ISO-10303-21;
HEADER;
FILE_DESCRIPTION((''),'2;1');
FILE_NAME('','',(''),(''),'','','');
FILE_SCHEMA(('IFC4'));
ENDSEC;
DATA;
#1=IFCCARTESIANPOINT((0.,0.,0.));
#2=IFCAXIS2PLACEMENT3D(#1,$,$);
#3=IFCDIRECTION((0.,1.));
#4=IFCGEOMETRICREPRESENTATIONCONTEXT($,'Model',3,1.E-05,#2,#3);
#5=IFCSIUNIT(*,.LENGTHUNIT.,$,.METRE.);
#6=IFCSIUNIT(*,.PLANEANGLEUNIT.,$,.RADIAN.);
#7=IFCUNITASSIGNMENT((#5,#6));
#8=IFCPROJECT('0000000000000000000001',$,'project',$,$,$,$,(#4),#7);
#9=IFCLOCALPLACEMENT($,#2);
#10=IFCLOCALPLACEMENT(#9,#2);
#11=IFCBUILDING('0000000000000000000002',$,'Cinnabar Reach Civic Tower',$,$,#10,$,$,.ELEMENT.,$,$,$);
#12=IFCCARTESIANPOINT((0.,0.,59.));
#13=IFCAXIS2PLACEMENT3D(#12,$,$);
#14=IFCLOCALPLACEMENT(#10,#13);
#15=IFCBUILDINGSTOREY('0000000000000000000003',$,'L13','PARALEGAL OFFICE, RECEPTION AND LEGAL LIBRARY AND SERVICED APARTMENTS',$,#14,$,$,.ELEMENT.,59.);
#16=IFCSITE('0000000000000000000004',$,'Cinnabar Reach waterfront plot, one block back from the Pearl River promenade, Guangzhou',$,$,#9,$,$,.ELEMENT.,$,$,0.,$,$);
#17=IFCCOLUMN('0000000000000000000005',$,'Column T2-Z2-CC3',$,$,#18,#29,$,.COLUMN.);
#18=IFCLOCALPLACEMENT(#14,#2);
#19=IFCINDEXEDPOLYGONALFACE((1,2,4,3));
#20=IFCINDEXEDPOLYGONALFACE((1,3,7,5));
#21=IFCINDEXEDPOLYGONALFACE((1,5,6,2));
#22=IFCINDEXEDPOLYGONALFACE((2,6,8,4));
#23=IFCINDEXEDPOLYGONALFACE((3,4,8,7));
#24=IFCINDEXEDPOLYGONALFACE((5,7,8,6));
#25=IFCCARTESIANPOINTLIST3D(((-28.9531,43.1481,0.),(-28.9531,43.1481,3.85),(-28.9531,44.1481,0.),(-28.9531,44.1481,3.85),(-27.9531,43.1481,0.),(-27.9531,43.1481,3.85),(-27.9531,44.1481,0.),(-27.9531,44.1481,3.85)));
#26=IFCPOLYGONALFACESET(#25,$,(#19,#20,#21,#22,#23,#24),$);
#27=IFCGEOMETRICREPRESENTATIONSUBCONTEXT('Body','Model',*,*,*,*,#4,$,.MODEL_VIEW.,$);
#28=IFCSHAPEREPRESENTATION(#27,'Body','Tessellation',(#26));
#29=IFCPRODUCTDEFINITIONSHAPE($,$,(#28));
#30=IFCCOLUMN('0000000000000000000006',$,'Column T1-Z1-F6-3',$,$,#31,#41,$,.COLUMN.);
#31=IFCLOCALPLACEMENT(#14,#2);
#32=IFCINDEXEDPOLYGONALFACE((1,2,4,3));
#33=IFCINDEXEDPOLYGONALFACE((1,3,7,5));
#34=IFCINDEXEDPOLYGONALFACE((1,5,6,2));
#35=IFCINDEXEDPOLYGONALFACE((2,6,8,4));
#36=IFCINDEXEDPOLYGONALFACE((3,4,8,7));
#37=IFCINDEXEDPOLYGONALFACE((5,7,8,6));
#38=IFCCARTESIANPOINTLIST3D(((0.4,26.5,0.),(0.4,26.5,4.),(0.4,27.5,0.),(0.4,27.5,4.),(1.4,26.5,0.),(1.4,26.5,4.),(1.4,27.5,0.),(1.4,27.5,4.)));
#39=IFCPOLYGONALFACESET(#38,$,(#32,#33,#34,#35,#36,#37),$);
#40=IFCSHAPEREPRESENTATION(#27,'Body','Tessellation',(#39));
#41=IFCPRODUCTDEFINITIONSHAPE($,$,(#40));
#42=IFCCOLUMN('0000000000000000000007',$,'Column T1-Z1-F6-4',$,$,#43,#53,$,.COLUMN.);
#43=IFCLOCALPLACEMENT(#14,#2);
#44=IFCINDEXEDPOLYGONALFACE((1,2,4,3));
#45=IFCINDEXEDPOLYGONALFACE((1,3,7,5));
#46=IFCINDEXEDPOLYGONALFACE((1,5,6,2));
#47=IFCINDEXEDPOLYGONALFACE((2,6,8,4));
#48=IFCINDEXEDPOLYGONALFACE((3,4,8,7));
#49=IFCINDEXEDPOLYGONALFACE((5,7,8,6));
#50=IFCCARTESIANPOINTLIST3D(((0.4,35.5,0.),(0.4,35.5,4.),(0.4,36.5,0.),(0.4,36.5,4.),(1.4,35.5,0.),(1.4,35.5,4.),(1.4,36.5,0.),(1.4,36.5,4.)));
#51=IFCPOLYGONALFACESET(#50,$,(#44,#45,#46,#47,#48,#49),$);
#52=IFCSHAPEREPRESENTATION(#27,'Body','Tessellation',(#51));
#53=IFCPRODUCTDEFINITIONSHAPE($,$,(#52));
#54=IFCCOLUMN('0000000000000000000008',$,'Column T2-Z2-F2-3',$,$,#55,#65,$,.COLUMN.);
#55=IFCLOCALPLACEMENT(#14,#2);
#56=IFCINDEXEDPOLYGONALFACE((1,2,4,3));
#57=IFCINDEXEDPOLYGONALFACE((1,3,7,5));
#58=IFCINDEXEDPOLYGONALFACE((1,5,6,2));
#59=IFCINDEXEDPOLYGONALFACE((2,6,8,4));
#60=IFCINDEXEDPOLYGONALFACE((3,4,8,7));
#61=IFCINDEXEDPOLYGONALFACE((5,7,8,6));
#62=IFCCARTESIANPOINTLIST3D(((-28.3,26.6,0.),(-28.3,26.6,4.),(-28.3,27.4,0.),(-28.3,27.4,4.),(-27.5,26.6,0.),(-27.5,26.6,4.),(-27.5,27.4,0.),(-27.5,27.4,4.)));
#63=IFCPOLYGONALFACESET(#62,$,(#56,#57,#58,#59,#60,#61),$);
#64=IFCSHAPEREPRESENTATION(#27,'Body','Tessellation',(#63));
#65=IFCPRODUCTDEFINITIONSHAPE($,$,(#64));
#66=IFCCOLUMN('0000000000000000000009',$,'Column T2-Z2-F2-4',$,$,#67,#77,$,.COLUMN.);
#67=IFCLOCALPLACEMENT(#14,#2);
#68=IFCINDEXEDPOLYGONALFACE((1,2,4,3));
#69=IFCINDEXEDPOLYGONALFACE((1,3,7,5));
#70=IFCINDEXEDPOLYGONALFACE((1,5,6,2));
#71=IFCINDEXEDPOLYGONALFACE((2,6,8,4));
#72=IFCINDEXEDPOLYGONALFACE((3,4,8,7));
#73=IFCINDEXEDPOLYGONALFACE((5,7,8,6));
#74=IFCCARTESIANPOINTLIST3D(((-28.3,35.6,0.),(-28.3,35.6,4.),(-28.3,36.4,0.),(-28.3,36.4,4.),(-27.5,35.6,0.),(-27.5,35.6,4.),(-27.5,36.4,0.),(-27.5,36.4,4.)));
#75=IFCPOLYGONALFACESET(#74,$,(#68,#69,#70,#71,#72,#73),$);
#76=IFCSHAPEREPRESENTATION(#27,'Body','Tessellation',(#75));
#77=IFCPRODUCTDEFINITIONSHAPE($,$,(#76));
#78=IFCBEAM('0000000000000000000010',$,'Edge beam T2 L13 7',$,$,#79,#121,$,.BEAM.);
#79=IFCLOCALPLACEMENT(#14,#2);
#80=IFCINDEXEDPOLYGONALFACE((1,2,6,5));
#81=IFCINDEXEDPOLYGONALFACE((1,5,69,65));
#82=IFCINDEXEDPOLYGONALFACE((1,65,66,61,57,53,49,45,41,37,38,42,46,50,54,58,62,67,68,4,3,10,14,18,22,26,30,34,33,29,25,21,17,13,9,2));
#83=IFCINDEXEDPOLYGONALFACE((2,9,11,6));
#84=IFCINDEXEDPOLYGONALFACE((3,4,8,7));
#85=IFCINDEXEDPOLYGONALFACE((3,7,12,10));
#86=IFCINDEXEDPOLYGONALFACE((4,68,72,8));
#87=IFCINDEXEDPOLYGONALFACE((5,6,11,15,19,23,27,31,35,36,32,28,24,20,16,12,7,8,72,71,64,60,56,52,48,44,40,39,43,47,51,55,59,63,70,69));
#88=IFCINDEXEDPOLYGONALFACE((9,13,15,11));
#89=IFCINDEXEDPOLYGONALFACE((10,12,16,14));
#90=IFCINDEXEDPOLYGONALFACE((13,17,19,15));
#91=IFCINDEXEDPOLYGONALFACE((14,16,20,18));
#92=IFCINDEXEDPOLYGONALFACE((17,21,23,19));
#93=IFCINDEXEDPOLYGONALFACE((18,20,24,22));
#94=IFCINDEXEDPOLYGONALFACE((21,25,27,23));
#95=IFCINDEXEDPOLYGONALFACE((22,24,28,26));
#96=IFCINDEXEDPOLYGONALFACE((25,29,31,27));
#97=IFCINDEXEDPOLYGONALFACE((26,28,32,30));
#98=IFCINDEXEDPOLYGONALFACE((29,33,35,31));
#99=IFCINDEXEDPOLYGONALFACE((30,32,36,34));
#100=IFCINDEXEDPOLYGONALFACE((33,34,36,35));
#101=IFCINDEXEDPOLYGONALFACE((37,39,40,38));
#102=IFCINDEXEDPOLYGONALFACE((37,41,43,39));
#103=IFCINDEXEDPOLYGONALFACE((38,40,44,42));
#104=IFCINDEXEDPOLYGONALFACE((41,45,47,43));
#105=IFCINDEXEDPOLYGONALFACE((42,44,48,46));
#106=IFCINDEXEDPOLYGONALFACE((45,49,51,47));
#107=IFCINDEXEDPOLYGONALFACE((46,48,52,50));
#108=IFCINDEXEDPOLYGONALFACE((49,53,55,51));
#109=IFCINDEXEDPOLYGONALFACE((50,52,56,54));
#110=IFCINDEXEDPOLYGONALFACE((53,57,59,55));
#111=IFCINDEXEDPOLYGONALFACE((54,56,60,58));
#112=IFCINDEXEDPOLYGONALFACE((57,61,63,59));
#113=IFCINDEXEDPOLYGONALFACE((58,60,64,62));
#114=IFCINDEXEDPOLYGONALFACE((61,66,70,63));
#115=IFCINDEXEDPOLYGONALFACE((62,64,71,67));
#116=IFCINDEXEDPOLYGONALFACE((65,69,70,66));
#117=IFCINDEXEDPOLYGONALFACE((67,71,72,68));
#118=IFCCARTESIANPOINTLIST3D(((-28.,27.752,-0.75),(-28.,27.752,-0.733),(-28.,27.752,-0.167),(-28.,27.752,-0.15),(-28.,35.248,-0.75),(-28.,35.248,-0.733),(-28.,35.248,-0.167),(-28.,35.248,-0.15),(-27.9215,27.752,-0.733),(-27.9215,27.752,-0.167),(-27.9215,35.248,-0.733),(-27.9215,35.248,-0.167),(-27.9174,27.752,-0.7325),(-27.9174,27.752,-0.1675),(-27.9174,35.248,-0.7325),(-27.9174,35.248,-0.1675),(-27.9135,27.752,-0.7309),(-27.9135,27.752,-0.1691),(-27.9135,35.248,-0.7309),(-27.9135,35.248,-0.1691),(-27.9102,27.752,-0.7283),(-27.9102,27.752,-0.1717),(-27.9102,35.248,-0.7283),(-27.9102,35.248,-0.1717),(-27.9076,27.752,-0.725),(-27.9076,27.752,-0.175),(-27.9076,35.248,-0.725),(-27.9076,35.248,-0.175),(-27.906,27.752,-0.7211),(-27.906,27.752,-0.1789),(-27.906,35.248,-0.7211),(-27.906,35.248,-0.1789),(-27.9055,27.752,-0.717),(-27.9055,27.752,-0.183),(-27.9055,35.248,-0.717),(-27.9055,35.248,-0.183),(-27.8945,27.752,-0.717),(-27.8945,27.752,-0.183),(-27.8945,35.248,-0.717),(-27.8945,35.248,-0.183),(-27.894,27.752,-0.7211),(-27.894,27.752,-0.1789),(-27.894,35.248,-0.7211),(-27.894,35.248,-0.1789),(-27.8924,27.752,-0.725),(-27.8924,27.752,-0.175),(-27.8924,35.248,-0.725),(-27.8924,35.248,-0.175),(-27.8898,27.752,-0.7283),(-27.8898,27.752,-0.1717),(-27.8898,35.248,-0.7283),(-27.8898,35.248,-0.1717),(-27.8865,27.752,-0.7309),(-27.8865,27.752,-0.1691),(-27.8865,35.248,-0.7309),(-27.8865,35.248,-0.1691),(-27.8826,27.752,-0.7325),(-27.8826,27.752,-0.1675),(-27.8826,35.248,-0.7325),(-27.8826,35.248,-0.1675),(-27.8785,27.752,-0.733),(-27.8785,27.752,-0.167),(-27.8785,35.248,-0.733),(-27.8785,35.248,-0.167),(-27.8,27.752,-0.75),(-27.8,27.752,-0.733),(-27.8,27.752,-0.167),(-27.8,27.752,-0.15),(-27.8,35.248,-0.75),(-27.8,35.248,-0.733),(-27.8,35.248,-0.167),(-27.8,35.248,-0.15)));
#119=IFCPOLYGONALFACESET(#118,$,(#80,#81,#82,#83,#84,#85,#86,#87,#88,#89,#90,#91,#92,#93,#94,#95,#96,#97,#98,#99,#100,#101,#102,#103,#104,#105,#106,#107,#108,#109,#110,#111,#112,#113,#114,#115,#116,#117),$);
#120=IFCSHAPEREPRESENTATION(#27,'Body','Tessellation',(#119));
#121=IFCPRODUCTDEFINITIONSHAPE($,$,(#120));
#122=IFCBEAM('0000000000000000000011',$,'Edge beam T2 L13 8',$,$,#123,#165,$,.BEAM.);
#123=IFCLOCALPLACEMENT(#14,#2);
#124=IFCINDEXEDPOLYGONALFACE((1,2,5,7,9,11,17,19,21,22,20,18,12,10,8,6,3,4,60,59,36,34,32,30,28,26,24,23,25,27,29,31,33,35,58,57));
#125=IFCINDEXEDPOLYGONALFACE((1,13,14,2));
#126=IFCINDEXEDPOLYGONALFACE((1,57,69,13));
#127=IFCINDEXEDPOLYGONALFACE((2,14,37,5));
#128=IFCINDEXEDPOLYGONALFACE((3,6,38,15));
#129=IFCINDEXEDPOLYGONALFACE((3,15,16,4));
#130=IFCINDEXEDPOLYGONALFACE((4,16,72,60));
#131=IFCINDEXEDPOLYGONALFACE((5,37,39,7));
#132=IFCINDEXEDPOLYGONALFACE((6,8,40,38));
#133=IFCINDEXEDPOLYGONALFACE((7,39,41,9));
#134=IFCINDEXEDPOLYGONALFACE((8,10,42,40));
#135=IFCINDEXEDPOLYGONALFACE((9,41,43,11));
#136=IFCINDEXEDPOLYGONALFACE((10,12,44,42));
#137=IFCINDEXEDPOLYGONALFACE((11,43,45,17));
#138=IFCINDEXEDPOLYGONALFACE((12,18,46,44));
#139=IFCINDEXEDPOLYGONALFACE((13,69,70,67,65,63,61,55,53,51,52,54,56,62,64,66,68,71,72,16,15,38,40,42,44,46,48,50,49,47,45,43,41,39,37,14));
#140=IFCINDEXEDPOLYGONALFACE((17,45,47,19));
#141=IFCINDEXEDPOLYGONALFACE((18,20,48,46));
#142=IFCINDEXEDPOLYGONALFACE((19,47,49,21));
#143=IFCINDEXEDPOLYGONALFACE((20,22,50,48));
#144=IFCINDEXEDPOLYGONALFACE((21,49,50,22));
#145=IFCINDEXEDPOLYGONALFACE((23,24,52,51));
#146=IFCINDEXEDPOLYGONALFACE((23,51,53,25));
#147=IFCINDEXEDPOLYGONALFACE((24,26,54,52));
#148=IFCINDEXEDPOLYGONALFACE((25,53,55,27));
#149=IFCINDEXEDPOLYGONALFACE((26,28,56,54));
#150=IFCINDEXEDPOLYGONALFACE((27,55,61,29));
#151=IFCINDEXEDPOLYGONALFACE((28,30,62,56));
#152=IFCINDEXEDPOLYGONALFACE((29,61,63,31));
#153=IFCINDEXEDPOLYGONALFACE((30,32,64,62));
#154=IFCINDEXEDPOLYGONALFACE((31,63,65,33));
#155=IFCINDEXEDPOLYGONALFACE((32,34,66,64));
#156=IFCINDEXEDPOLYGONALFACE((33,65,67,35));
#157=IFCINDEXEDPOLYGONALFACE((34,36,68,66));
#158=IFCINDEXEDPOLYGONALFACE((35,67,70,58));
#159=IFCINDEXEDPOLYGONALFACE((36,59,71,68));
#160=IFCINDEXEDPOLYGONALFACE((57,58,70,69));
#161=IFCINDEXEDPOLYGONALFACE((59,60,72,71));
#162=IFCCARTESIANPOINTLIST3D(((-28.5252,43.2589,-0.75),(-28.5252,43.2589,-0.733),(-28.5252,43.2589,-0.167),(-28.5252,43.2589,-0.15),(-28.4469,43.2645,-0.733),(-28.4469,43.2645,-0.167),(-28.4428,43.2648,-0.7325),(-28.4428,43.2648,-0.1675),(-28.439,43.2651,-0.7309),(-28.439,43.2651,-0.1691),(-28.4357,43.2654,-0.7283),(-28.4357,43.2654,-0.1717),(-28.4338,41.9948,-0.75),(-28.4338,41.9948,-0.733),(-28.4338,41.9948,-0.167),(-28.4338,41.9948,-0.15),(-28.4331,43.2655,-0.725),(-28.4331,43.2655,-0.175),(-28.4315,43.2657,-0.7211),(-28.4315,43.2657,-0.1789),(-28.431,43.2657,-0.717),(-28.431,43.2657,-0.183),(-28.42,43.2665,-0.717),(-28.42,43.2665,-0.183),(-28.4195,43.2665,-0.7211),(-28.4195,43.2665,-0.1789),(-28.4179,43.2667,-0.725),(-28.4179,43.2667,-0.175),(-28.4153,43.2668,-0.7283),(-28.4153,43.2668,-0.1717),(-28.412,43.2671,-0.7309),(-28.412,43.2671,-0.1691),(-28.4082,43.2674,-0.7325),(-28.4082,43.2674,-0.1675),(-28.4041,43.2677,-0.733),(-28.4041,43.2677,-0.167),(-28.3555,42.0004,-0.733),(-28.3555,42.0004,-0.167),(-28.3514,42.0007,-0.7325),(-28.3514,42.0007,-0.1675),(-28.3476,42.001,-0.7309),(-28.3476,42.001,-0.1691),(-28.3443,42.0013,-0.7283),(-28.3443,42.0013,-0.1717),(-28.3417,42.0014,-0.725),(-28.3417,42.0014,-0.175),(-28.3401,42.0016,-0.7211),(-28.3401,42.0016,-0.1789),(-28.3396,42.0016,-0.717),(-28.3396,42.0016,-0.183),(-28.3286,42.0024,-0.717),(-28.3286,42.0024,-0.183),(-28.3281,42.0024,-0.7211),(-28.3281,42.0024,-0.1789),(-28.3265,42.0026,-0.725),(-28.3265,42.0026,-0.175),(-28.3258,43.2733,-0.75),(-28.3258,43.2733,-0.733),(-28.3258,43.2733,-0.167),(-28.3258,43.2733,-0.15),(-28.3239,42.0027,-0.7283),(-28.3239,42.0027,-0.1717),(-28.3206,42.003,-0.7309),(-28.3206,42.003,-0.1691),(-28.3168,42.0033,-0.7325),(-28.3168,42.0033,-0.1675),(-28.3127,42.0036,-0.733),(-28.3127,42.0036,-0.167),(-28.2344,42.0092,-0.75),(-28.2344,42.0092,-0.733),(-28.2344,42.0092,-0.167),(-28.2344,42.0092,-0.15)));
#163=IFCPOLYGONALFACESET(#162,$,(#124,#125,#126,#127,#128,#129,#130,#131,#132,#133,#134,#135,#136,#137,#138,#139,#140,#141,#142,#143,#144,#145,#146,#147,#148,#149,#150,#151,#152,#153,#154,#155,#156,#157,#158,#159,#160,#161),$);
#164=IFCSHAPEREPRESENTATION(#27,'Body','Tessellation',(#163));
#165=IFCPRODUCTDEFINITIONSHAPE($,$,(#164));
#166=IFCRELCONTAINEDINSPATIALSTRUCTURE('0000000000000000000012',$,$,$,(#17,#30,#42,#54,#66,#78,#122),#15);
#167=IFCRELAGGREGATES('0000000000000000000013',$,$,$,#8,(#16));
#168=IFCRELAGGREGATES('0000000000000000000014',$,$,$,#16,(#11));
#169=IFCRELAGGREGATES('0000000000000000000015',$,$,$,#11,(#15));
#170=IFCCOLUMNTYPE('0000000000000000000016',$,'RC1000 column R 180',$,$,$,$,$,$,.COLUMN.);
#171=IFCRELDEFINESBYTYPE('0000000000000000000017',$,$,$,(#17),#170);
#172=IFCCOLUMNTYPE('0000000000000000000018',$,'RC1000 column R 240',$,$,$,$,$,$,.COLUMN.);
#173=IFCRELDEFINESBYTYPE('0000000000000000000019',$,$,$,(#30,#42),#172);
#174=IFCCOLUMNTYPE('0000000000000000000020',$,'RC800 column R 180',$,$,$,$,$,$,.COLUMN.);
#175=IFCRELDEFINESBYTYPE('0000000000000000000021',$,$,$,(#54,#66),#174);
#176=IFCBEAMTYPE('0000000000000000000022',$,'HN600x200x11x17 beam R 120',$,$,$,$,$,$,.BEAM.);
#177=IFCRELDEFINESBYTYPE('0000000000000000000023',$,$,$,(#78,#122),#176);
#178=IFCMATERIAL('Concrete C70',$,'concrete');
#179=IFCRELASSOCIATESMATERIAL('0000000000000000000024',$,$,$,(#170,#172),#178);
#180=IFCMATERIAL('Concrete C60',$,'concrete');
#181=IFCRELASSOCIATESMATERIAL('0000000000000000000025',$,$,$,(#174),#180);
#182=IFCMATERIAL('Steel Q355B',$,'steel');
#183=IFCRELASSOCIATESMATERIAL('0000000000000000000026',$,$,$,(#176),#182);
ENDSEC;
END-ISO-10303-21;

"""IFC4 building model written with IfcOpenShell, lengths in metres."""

from ifc_helpers import new_model, si_unit, direction, frame, origin, origin_2d, place, context, subcontext, project, spatial, rectangle, i_section, extrude, material, material_profile, profile_set, type_object, element, save


model = new_model("IFC4")

# Units and contexts
model_context = context("Model", 3, precision=1e-05, world=origin(), true_north=direction((0.0, 1.0)))
body_context = subcontext(model_context, "Body", "Model", "MODEL_VIEW")
ifc_project = project(units=[si_unit("LENGTHUNIT", "METRE"), si_unit("PLANEANGLEUNIT", "RADIAN")], contexts=[model_context])

# Site, building, storey
site_placement = place(None, origin())
site = spatial("IfcSite", under=ifc_project, at=site_placement, Name="Cinnabar Reach waterfront plot, one block back from the Pearl River promenade, Guangzhou", CompositionType="ELEMENT", RefElevation=0.0)
building_placement = place(site_placement, origin())
building = spatial("IfcBuilding", under=site, at=building_placement, Name="Cinnabar Reach Civic Tower", CompositionType="ELEMENT")
storey_placement = place(building_placement, frame((0.0, 0.0, 59.0)))
storey = spatial("IfcBuildingStorey", under=building, at=storey_placement, Name="L13", Description="PARALEGAL OFFICE, RECEPTION AND LEGAL LIBRARY AND SERVICED APARTMENTS", CompositionType="ELEMENT", Elevation=59.0)

# Columns
ifc_material_1 = material(Name="Concrete C70", Category="concrete")
ifc_material_profile_1 = material_profile(ifc_material_1, rectangle(XDim=1.0, YDim=1.0, at=origin_2d()), Name="RC1000")
ifc_profile_set_1 = profile_set([ifc_material_profile_1], Name="Concrete C70")
column_type_1 = type_object("IfcColumnType", Name="RC1000 column R 180", PredefinedType="COLUMN", material=ifc_profile_set_1)
column_placement = place(storey_placement, frame((-28.4531, 43.6481, 0.0), z_axis=(0.0, 0.0, 1.0), x_axis=(1.0, 0.0, 0.0)))
element("IfcColumn", 1, at=column_placement, inside=storey, type_object=column_type_1, Name="Column T2-Z2-CC3", PredefinedType="COLUMN", context=body_context, shape_type="SweptSolid", body=[
    extrude(rectangle(XDim=1.0, YDim=1.0, at=origin_2d()), origin(), (0.0, 0.0, 1.0), 3.85),
])
ifc_material_profile_2 = material_profile(ifc_material_1, rectangle(XDim=1.0, YDim=1.0, at=origin_2d()), Name="RC1000")
ifc_profile_set_2 = profile_set([ifc_material_profile_2], Name="Concrete C70")
column_type_2 = type_object("IfcColumnType", Name="RC1000 column R 240", PredefinedType="COLUMN", material=ifc_profile_set_2)
for number, where, z_axis, x_axis, name in (
    (2, (0.9, 27.0, 0.0), (0.0, 0.0, 1.0), (1.0, 0.0, 0.0), "Column T1-Z1-F6-3"),
    (3, (0.9, 36.0, 0.0), (0.0, 0.0, 1.0), (1.0, 0.0, 0.0), "Column T1-Z1-F6-4"),
):
    element("IfcColumn", number, at=place(storey_placement, frame(where, z_axis=z_axis, x_axis=x_axis)), inside=storey, type_object=column_type_2, Name=name, PredefinedType="COLUMN", context=body_context, shape_type="SweptSolid", body=[
        extrude(rectangle(XDim=1.0, YDim=1.0, at=origin_2d()), origin(), (0.0, 0.0, 1.0), 4.0),
    ])
ifc_material_2 = material(Name="Concrete C60", Category="concrete")
ifc_material_profile_3 = material_profile(ifc_material_2, rectangle(XDim=0.8, YDim=0.8, at=origin_2d()), Name="RC800")
ifc_profile_set_3 = profile_set([ifc_material_profile_3], Name="Concrete C60")
column_type_3 = type_object("IfcColumnType", Name="RC800 column R 180", PredefinedType="COLUMN", material=ifc_profile_set_3)
for number, where, z_axis, x_axis, name in (
    (4, (-27.9, 27.0, 0.0), (0.0, 0.0, 1.0), (1.0, 0.0, 0.0), "Column T2-Z2-F2-3"),
    (5, (-27.9, 36.0, 0.0), (0.0, 0.0, 1.0), (1.0, 0.0, 0.0), "Column T2-Z2-F2-4"),
):
    element("IfcColumn", number, at=place(storey_placement, frame(where, z_axis=z_axis, x_axis=x_axis)), inside=storey, type_object=column_type_3, Name=name, PredefinedType="COLUMN", context=body_context, shape_type="SweptSolid", body=[
        extrude(rectangle(XDim=0.8, YDim=0.8, at=origin_2d()), origin(), (0.0, 0.0, 1.0), 4.0),
    ])

# Beams
ifc_material_3 = material(Name="Steel Q355B", Category="steel")
ifc_material_profile_4 = material_profile(ifc_material_3, i_section(OverallWidth=0.2, OverallDepth=0.6, WebThickness=0.011, FlangeThickness=0.017, FilletRadius=0.016, at=origin_2d()), Name="HN600x200x11x17")
ifc_profile_set_4 = profile_set([ifc_material_profile_4], Name="Steel Q355B")
beam_type_1 = type_object("IfcBeamType", Name="HN600x200x11x17 beam R 120", PredefinedType="BEAM", material=ifc_profile_set_4)
beam_1_placement = place(storey_placement, frame((-27.9, 27.752, -0.45), z_axis=(0.0, 1.0, 0.0), x_axis=(-1.0, 0.0, 0.0)))
element("IfcBeam", 6, at=beam_1_placement, inside=storey, type_object=beam_type_1, Name="Edge beam T2 L13 7", PredefinedType="BEAM", context=body_context, shape_type="SweptSolid", body=[
    extrude(i_section(OverallWidth=0.2, OverallDepth=0.6, WebThickness=0.011, FlangeThickness=0.017, FilletRadius=0.016, at=origin_2d()), origin(), (0.0, 0.0, 1.0), 7.496),
])
beam_2_placement = place(storey_placement, frame((-28.3341, 42.002, -0.45), z_axis=(-0.072116, 0.997396, 0.0), x_axis=(-0.997396, -0.072116, 0.0)))
element("IfcBeam", 7, at=beam_2_placement, inside=storey, type_object=beam_type_1, Name="Edge beam T2 L13 8", PredefinedType="BEAM", context=body_context, shape_type="SweptSolid", body=[
    extrude(i_section(OverallWidth=0.2, OverallDepth=0.6, WebThickness=0.011, FlangeThickness=0.017, FilletRadius=0.016, at=origin_2d()), origin(), (0.0, 0.0, 1.0), 1.2674),
])

save(model, "model.ifc")
